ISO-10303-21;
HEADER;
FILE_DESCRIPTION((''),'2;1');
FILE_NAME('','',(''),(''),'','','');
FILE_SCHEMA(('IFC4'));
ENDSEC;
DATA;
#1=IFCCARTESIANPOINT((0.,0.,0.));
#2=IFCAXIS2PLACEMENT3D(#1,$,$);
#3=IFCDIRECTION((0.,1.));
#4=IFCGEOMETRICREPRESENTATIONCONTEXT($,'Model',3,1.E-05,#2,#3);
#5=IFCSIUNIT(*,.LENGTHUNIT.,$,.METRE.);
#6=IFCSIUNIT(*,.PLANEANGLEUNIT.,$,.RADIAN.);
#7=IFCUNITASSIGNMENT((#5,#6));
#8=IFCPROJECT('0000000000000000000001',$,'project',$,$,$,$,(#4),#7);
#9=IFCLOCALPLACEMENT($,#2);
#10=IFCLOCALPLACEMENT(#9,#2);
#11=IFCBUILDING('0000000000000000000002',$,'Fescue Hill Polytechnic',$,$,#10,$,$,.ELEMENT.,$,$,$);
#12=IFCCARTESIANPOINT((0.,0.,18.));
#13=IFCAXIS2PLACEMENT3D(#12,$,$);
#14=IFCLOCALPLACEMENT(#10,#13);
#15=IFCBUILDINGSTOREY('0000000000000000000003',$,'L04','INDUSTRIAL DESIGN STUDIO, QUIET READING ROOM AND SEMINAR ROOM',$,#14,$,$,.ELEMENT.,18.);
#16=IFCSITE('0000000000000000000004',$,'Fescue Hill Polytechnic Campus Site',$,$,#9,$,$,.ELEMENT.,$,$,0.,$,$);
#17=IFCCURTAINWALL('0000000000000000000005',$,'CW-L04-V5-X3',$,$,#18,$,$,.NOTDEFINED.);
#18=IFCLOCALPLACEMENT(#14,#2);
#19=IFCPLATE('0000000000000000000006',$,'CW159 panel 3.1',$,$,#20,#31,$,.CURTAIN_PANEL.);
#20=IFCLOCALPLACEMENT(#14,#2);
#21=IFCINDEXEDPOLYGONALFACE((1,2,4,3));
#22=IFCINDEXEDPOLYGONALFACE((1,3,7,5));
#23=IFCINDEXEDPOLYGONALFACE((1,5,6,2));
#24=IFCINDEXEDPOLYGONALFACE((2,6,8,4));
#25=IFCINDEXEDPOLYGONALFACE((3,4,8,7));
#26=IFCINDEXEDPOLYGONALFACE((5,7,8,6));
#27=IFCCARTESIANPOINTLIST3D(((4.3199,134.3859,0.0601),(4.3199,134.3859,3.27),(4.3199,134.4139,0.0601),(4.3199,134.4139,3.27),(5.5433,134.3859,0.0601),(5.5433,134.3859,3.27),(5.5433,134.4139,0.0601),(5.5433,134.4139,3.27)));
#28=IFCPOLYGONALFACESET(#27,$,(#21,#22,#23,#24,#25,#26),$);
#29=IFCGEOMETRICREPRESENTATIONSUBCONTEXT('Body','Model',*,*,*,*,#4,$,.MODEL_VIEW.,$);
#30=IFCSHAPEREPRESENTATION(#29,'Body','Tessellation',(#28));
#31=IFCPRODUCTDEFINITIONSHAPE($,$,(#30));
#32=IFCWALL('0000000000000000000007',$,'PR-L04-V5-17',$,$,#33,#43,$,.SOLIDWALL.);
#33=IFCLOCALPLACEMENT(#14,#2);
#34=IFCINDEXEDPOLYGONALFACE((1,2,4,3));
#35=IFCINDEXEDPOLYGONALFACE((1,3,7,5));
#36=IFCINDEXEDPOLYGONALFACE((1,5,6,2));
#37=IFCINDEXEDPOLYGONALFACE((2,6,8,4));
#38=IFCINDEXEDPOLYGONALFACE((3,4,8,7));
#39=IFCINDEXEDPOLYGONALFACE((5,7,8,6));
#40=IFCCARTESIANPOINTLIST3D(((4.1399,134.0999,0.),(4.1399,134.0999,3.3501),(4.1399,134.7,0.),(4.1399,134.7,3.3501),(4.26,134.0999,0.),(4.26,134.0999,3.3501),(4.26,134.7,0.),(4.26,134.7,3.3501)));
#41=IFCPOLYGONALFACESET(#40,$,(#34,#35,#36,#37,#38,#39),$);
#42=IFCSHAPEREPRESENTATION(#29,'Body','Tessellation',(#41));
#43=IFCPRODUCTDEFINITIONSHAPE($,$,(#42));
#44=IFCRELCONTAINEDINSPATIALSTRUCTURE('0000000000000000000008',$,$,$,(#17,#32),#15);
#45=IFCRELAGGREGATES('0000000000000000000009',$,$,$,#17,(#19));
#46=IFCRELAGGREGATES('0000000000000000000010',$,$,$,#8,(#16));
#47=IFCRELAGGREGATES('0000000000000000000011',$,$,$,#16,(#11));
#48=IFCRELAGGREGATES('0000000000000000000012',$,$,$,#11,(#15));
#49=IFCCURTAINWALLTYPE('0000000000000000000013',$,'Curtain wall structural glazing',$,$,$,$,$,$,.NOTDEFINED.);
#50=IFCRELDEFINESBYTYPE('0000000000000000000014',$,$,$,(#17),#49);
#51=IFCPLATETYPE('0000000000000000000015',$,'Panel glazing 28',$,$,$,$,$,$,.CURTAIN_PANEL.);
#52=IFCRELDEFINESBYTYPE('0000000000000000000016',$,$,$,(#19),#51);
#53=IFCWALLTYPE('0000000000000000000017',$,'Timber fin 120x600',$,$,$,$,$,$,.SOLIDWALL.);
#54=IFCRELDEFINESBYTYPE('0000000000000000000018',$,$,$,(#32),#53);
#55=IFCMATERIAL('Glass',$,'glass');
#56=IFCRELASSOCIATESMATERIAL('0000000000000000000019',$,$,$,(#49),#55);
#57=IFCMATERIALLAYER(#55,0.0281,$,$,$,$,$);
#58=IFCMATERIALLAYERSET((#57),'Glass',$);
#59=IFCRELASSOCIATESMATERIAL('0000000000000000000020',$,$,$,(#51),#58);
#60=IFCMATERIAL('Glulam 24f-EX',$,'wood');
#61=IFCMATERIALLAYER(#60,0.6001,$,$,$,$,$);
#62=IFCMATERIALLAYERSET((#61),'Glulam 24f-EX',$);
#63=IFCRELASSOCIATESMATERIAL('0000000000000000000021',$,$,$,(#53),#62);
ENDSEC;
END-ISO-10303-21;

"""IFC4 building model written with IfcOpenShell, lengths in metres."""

from ifc_helpers import new_model, si_unit, direction, frame, frame_2d, origin, origin_2d, place, context, subcontext, project, spatial, rectangle, extrude, material, layer, layer_set, type_object, element, aggregate, save


model = new_model("IFC4")

# Units and contexts
model_context = context("Model", 3, precision=1e-05, world=origin(), true_north=direction((0.0, 1.0)))
body_context = subcontext(model_context, "Body", "Model", "MODEL_VIEW")
ifc_project = project(units=[si_unit("LENGTHUNIT", "METRE"), si_unit("PLANEANGLEUNIT", "RADIAN")], contexts=[model_context])

# Site, building, storey
site_placement = place(None, origin())
site = spatial("IfcSite", under=ifc_project, at=site_placement, Name="Fescue Hill Polytechnic Campus Site", CompositionType="ELEMENT", RefElevation=0.0)
building_placement = place(site_placement, origin())
building = spatial("IfcBuilding", under=site, at=building_placement, Name="Fescue Hill Polytechnic", CompositionType="ELEMENT")
storey_placement = place(building_placement, frame((0.0, 0.0, 18.0)))
storey = spatial("IfcBuildingStorey", under=building, at=storey_placement, Name="L04", Description="INDUSTRIAL DESIGN STUDIO, QUIET READING ROOM AND SEMINAR ROOM", CompositionType="ELEMENT", Elevation=18.0)

# Curtain wall
ifc_material_1 = material(Name="Glass", Category="glass")
curtain_wall_type = type_object("IfcCurtainWallType", Name="Curtain wall structural glazing", PredefinedType="NOTDEFINED", material=ifc_material_1)
curtain_wall_1_placement = place(storey_placement, origin())
curtain_wall_1 = element("IfcCurtainWall", 1, at=curtain_wall_1_placement, inside=storey, type_object=curtain_wall_type, Name="CW-L04-V5-X3", PredefinedType="NOTDEFINED")

# Plate
ifc_layer_1 = layer(ifc_material_1, 0.0281)
ifc_layer_set_1 = layer_set([ifc_layer_1], Name="Glass")
plate_type = type_object("IfcPlateType", Name="Panel glazing 28", PredefinedType="CURTAIN_PANEL", material=ifc_layer_set_1)
plate_1_placement = place(storey_placement, frame((4.9316, 134.3999, 0.0601), z_axis=(0.0, 0.0, 1.0), x_axis=(-1.0, 0.0, 0.0)))
plate_1 = element("IfcPlate", 2, at=plate_1_placement, type_object=plate_type, Name="CW159 panel 3.1", PredefinedType="CURTAIN_PANEL", context=body_context, shape_type="SweptSolid", body=[
    extrude(rectangle(XDim=1.2234, YDim=0.0281, at=origin_2d()), origin(), (0.0, 0.0, 1.0), 3.21),
])
aggregate(curtain_wall_1, [plate_1])

# Wall
ifc_material_2 = material(Name="Glulam 24f-EX", Category="wood")
ifc_layer_2 = layer(ifc_material_2, 0.6001)
ifc_layer_set_2 = layer_set([ifc_layer_2], Name="Glulam 24f-EX")
wall_type = type_object("IfcWallType", Name="Timber fin 120x600", PredefinedType="SOLIDWALL", material=ifc_layer_set_2)
wall_placement = place(storey_placement, frame((4.26, 134.3999, 0.0), z_axis=(0.0, 0.0, 1.0), x_axis=(-1.0, 0.0, 0.0)))
element("IfcWall", 3, at=wall_placement, inside=storey, type_object=wall_type, Name="PR-L04-V5-17", PredefinedType="SOLIDWALL", context=body_context, shape_type="SweptSolid", body=[
    extrude(rectangle(XDim=0.1201, YDim=0.6001, at=frame_2d((0.0601, 0.0))), origin(), (0.0, 0.0, 1.0), 3.3501),
])

save(model, "model.ifc")
